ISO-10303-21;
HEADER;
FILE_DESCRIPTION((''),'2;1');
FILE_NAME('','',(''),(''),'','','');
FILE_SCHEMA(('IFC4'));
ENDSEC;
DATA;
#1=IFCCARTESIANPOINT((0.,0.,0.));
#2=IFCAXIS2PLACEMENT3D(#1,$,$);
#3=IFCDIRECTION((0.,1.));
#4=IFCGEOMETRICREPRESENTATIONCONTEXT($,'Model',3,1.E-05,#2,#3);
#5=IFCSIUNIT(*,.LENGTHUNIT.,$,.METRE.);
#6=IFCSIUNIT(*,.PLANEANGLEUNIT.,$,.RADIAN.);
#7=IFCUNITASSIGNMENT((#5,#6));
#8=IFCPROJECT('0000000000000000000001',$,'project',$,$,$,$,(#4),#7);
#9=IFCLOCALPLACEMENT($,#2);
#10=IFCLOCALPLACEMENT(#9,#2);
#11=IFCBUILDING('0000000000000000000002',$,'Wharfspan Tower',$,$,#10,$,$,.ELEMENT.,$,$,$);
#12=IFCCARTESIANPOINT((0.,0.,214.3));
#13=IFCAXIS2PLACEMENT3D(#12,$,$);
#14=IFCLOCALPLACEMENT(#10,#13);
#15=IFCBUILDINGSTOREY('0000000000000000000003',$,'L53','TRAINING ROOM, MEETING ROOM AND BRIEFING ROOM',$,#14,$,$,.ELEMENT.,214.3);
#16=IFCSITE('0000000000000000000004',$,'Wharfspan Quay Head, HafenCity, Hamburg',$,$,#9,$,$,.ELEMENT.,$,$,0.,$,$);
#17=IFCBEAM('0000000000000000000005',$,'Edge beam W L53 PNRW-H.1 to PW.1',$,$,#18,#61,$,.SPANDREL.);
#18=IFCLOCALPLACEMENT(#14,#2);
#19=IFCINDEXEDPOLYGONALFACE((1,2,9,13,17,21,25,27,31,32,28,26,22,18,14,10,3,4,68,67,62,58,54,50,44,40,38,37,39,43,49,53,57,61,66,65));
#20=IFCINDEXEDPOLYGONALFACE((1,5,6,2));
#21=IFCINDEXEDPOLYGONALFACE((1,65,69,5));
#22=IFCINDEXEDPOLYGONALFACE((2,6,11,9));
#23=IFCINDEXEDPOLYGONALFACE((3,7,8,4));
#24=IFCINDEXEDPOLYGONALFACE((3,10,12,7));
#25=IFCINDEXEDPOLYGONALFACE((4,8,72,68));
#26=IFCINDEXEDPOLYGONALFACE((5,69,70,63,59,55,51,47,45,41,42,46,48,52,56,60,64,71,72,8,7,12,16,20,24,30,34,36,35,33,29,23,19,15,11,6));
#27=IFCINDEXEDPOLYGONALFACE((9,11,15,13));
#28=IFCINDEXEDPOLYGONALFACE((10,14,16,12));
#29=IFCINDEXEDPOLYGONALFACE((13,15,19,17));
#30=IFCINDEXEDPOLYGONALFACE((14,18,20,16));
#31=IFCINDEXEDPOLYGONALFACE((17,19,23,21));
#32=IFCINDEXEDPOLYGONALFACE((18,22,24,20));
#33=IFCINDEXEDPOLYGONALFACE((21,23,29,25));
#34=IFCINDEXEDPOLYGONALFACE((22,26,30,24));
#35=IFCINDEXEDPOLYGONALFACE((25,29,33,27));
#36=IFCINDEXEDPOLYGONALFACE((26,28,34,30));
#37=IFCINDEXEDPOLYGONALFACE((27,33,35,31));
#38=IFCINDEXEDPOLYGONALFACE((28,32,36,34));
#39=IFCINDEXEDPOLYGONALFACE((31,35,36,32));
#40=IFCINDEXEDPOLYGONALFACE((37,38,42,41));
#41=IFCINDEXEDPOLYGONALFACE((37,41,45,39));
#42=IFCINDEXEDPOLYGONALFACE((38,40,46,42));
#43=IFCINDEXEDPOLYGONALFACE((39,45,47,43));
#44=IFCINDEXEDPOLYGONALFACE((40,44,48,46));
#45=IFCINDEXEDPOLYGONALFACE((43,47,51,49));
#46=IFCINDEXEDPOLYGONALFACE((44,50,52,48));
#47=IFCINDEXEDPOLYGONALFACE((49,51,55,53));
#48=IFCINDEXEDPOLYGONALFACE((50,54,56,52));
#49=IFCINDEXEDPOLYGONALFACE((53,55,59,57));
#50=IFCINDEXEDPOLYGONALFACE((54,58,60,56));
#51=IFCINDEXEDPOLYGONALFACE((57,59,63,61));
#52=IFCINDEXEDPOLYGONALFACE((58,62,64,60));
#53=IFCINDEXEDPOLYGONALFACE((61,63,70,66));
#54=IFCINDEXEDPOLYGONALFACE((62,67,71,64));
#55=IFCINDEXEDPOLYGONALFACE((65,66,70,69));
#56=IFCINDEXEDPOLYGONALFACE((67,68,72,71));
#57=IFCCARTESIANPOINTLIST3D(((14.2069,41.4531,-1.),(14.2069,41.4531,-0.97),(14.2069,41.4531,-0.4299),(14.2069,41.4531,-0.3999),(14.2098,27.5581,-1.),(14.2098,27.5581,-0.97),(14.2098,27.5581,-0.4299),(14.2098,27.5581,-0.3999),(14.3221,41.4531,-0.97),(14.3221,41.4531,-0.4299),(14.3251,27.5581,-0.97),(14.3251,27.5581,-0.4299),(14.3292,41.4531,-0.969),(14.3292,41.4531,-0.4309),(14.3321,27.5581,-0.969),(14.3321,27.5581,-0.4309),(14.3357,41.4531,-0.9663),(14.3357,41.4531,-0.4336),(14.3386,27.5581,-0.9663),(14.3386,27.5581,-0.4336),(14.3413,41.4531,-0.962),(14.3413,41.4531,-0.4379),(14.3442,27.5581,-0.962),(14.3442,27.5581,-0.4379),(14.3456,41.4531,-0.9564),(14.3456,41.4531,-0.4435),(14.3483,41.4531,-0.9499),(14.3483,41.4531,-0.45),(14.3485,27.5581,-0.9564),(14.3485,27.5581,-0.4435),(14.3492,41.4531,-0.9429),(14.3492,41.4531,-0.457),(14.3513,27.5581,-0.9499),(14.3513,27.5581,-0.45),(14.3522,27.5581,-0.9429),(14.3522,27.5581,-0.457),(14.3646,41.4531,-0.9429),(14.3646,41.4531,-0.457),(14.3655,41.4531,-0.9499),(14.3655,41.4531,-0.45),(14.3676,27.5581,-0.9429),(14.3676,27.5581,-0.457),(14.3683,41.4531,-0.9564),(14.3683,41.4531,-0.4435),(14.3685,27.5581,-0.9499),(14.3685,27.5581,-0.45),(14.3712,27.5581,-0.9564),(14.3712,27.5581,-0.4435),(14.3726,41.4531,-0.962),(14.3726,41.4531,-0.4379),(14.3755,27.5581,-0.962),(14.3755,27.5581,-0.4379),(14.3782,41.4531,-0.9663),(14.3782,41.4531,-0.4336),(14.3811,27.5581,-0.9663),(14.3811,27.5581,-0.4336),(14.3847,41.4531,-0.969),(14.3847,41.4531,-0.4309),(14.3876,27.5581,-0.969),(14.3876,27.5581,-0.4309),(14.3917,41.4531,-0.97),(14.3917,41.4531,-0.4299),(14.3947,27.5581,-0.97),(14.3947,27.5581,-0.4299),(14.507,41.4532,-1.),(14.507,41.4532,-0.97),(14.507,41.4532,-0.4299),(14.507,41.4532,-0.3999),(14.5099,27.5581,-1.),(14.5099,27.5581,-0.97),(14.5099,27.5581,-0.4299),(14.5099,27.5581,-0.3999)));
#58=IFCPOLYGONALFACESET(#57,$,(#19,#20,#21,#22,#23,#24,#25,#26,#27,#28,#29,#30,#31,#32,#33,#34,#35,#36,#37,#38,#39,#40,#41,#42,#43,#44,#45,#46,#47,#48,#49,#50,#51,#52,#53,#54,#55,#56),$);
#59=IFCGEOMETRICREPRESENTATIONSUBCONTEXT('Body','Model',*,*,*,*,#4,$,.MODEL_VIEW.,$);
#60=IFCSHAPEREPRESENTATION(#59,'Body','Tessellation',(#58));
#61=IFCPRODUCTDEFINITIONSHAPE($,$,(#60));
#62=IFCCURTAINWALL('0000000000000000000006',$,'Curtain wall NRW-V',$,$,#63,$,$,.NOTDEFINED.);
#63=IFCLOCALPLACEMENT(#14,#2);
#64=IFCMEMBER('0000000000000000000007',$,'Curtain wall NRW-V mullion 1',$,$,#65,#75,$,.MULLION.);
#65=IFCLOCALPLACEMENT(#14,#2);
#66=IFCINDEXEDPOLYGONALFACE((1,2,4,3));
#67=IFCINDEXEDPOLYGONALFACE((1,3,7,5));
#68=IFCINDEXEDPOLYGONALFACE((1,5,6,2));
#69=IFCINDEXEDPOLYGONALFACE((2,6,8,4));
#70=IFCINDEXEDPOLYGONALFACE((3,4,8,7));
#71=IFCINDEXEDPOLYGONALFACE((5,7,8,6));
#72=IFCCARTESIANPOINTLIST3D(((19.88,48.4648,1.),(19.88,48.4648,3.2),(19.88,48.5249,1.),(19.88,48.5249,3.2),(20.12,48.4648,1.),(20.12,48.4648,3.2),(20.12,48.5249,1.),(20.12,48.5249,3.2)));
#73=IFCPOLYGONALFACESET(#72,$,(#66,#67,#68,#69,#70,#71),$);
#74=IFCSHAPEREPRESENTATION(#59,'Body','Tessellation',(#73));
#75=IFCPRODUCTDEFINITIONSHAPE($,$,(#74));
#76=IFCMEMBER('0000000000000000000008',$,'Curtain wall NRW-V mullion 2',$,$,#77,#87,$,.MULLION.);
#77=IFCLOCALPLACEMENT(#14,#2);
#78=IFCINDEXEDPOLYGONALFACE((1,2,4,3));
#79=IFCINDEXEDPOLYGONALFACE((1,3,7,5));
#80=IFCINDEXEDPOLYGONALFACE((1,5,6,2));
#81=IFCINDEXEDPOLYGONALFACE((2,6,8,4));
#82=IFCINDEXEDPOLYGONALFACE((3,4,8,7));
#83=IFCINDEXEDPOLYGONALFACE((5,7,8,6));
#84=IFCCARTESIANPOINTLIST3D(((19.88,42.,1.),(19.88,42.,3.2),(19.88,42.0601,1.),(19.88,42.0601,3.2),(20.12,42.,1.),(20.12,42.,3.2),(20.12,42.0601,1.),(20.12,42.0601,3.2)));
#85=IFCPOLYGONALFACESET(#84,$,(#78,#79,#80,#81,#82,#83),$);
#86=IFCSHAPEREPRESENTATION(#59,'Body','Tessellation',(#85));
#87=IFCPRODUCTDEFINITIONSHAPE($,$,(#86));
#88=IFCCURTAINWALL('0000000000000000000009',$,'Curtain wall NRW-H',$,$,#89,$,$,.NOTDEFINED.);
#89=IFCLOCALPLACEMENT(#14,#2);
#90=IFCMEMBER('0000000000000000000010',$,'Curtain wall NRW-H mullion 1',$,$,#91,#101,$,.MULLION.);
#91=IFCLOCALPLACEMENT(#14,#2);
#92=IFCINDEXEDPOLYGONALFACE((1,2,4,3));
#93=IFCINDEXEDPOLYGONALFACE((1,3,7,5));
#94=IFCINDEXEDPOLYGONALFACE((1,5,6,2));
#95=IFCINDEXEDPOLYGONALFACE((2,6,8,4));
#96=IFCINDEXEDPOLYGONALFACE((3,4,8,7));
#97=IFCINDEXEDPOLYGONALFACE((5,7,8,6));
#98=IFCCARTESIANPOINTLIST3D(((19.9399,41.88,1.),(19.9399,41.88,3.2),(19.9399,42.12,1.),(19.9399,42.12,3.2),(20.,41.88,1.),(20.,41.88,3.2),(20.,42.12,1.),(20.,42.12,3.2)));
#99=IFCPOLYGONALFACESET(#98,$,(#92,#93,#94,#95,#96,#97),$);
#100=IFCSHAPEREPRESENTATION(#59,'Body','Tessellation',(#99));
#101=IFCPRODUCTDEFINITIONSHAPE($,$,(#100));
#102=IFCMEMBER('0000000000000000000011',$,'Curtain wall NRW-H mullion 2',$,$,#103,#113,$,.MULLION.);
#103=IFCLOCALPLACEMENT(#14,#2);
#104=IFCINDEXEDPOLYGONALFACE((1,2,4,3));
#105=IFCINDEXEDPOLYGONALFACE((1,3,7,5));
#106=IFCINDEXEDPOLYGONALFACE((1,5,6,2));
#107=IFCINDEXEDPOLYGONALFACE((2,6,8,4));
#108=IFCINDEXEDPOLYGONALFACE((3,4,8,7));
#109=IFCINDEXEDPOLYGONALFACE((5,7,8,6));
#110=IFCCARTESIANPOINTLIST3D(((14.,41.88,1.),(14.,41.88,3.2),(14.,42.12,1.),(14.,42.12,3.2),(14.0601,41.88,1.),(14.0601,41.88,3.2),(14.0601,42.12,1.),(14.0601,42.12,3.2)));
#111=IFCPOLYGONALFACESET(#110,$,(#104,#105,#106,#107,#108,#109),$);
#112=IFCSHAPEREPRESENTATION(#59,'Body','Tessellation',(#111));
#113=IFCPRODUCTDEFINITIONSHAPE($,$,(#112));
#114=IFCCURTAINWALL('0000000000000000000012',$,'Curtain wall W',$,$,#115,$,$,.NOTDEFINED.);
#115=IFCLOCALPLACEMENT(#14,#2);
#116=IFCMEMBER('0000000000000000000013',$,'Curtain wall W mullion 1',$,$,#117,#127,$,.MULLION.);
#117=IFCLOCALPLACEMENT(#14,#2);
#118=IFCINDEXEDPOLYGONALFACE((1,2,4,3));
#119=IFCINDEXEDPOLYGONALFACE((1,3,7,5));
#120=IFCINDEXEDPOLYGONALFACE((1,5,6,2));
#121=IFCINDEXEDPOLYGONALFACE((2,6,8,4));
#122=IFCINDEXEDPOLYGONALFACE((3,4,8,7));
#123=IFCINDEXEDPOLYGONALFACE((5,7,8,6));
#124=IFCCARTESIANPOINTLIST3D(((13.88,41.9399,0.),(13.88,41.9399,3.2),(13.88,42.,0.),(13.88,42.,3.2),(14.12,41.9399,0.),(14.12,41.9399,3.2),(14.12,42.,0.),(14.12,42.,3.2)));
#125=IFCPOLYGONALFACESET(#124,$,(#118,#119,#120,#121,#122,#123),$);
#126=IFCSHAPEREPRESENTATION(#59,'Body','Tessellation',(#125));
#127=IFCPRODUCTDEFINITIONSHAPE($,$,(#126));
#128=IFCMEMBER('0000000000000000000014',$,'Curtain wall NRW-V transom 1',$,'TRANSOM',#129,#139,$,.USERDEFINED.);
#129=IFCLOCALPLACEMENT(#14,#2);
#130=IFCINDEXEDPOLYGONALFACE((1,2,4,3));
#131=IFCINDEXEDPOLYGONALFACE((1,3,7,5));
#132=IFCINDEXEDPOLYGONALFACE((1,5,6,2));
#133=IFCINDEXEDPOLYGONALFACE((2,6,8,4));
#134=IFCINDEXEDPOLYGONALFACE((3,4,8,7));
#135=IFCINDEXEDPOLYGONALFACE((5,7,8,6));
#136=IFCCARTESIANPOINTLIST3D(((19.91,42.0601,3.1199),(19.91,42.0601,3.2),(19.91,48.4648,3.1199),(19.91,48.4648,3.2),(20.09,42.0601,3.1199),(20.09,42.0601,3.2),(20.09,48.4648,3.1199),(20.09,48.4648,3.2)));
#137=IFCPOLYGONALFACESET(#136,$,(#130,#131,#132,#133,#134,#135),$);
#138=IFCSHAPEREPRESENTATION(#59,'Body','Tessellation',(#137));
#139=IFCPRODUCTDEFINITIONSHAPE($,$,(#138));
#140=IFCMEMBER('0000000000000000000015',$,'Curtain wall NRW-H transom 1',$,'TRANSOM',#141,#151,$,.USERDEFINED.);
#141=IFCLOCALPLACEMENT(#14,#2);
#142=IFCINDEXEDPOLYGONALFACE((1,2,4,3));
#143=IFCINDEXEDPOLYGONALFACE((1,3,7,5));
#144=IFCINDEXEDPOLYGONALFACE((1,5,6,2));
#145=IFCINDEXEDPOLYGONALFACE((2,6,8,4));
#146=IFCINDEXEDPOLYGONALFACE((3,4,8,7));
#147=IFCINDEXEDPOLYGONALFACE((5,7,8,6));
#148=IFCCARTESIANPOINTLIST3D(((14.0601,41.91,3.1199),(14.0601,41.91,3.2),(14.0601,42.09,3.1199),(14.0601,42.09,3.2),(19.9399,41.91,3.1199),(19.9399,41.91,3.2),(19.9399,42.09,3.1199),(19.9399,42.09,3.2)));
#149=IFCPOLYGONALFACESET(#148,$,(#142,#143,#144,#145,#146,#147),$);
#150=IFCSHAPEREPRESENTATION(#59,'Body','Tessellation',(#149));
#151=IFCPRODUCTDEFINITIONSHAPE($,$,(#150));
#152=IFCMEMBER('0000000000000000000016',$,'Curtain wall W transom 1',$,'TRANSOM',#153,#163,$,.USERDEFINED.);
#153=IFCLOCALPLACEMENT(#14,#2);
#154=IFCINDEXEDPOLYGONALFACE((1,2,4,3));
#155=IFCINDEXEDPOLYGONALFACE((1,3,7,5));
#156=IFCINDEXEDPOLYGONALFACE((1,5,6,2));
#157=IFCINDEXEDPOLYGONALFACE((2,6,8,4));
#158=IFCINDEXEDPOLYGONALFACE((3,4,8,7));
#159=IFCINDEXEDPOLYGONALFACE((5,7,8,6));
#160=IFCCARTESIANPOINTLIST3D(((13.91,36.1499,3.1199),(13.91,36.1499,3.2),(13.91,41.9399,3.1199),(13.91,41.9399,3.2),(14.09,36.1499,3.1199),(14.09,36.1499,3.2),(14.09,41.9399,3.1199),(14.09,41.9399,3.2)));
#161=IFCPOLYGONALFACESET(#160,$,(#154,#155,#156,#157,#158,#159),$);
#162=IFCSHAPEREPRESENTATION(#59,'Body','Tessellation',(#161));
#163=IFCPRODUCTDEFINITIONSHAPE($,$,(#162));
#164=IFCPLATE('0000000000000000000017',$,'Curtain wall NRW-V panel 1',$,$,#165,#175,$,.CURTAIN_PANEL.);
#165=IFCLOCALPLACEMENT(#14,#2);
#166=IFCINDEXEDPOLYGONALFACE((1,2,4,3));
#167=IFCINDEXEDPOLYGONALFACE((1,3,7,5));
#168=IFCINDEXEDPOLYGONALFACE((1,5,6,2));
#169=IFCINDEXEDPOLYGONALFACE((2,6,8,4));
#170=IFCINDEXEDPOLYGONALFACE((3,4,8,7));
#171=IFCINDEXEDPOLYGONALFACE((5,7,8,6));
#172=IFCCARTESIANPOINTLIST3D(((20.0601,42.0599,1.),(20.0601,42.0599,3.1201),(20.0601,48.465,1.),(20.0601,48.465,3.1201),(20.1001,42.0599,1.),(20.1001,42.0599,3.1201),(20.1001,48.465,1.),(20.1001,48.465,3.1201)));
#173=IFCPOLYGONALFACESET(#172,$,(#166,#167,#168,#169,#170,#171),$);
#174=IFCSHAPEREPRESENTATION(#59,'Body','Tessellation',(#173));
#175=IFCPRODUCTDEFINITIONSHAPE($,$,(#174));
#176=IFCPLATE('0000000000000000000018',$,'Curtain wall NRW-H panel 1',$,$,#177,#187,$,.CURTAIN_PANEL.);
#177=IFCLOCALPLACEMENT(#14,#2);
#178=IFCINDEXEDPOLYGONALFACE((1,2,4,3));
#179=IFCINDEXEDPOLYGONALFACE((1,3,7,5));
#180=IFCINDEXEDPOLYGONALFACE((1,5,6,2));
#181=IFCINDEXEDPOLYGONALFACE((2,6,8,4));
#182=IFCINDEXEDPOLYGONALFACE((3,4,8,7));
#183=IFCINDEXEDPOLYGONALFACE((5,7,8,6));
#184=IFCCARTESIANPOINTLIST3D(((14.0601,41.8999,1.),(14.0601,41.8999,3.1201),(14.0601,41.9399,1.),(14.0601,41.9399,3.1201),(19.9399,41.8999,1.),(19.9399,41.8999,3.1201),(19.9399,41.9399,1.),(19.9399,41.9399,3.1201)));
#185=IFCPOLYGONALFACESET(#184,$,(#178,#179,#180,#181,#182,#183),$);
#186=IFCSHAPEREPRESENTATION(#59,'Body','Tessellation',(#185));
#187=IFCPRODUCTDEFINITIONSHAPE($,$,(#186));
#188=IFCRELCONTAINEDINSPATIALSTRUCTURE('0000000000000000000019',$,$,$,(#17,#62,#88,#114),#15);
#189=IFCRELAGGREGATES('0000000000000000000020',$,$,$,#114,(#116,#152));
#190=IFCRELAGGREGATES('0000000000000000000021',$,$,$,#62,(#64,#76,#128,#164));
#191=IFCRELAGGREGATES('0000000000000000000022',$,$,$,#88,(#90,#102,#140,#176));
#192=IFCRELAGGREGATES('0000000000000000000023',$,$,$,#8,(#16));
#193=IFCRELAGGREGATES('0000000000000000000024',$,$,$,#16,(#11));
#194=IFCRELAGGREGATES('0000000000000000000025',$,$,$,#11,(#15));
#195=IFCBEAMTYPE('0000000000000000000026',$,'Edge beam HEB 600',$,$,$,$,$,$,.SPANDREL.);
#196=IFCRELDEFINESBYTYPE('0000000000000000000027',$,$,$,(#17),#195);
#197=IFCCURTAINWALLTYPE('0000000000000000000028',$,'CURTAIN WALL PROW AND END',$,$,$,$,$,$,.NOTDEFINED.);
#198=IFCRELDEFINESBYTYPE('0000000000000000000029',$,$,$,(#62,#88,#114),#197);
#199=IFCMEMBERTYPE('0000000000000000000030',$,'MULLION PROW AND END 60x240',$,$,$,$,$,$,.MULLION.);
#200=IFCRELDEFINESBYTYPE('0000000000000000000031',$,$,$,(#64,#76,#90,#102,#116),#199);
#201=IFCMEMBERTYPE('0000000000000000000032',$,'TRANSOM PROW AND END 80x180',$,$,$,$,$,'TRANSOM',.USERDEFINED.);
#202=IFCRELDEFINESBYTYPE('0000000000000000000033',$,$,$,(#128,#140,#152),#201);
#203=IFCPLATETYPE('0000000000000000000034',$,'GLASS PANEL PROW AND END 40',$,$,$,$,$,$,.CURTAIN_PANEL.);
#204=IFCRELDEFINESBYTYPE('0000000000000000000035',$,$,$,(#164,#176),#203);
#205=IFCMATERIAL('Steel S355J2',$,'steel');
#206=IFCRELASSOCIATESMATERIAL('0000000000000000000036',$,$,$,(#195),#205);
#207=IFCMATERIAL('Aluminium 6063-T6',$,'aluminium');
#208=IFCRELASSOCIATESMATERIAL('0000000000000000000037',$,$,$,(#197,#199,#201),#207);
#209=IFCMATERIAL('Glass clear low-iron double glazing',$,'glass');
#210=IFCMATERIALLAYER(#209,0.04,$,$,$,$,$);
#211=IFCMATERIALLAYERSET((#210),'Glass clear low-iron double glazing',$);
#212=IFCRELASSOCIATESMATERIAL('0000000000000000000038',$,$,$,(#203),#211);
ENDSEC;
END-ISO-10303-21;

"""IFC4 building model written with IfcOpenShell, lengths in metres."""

from ifc_helpers import new_model, si_unit, direction, frame, origin, origin_2d, place, context, subcontext, project, spatial, rectangle, i_section, extrude, material, layer, layer_set, material_profile, profile_set, type_object, element, aggregate, save


model = new_model("IFC4")

# Units and contexts
model_context = context("Model", 3, precision=1e-05, world=origin(), true_north=direction((0.0, 1.0)))
body_context = subcontext(model_context, "Body", "Model", "MODEL_VIEW")
ifc_project = project(units=[si_unit("LENGTHUNIT", "METRE"), si_unit("PLANEANGLEUNIT", "RADIAN")], contexts=[model_context])

# Site, building, storey
site_placement = place(None, origin())
site = spatial("IfcSite", under=ifc_project, at=site_placement, Name="Wharfspan Quay Head, HafenCity, Hamburg", CompositionType="ELEMENT", RefElevation=0.0)
building_placement = place(site_placement, origin())
building = spatial("IfcBuilding", under=site, at=building_placement, Name="Wharfspan Tower", CompositionType="ELEMENT")
storey_placement = place(building_placement, frame((0.0, 0.0, 214.3)))
storey = spatial("IfcBuildingStorey", under=building, at=storey_placement, Name="L53", Description="TRAINING ROOM, MEETING ROOM AND BRIEFING ROOM", CompositionType="ELEMENT", Elevation=214.3)

# Shared definitions
ifc_material_1 = material(Name="Steel S355J2", Category="steel")

# Beam
ifc_material_profile_1 = material_profile(ifc_material_1, i_section(OverallWidth=0.3, OverallDepth=0.6001, WebThickness=0.0154, FlangeThickness=0.03, FilletRadius=0.0271, at=origin_2d()))
ifc_profile_set_1 = profile_set([ifc_material_profile_1], Name="Steel S355J2")
beam_type = type_object("IfcBeamType", Name="Edge beam HEB 600", PredefinedType="SPANDREL", material=ifc_profile_set_1)
beam_placement = place(storey_placement, frame((14.3569, 41.4531, -0.7), z_axis=(0.000211, -1.0, 0.0), x_axis=(1.0, 0.000211, 0.0)))
element("IfcBeam", 1, at=beam_placement, inside=storey, type_object=beam_type, Name="Edge beam W L53 PNRW-H.1 to PW.1", PredefinedType="SPANDREL", context=body_context, shape_type="SweptSolid", body=[
    extrude(i_section(OverallWidth=0.3, OverallDepth=0.6001, WebThickness=0.0154, FlangeThickness=0.03, FilletRadius=0.0271, at=origin_2d()), origin(), (0.0, 0.0, 1.0), 13.895),
])

# Curtain walls, members
ifc_material_2 = material(Name="Aluminium 6063-T6", Category="aluminium")
curtain_wall_type = type_object("IfcCurtainWallType", Name="CURTAIN WALL PROW AND END", PredefinedType="NOTDEFINED", material=ifc_material_2)
curtain_wall_1_placement = place(storey_placement, origin())
curtain_wall_1 = element("IfcCurtainWall", 2, at=curtain_wall_1_placement, inside=storey, type_object=curtain_wall_type, Name="Curtain wall NRW-V", PredefinedType="NOTDEFINED")
ifc_material_profile_2 = material_profile(ifc_material_2, rectangle(XDim=0.24, YDim=0.0601, at=origin_2d()))
ifc_profile_set_2 = profile_set([ifc_material_profile_2], Name="Aluminium 6063-T6")
member_type_1 = type_object("IfcMemberType", Name="MULLION PROW AND END 60x240", PredefinedType="MULLION", material=ifc_profile_set_2)
member_1_placement = place(storey_placement, frame((20.0, 48.4949, 1.0), z_axis=(0.0, 0.0, 1.0), x_axis=(1.0, 0.0, 0.0)))
member_1 = element("IfcMember", 3, at=member_1_placement, type_object=member_type_1, Name="Curtain wall NRW-V mullion 1", PredefinedType="MULLION", context=body_context, shape_type="SweptSolid", body=[
    extrude(rectangle(XDim=0.24, YDim=0.0601, at=origin_2d()), origin(), (0.0, 0.0, 1.0), 2.2),
])
member_2_placement = place(storey_placement, frame((20.0, 42.03, 1.0), z_axis=(0.0, 0.0, 1.0), x_axis=(1.0, 0.0, 0.0)))
member_2 = element("IfcMember", 4, at=member_2_placement, type_object=member_type_1, Name="Curtain wall NRW-V mullion 2", PredefinedType="MULLION", context=body_context, shape_type="SweptSolid", body=[
    extrude(rectangle(XDim=0.24, YDim=0.0601, at=origin_2d()), origin(), (0.0, 0.0, 1.0), 2.2),
])
curtain_wall_2_placement = place(storey_placement, origin())
curtain_wall_2 = element("IfcCurtainWall", 5, at=curtain_wall_2_placement, inside=storey, type_object=curtain_wall_type, Name="Curtain wall NRW-H", PredefinedType="NOTDEFINED")
member_3_placement = place(storey_placement, frame((19.97, 42.0, 1.0), z_axis=(0.0, 0.0, 1.0), x_axis=(0.0, -1.0, 0.0)))
member_3 = element("IfcMember", 6, at=member_3_placement, type_object=member_type_1, Name="Curtain wall NRW-H mullion 1", PredefinedType="MULLION", context=body_context, shape_type="SweptSolid", body=[
    extrude(rectangle(XDim=0.24, YDim=0.0601, at=origin_2d()), origin(), (0.0, 0.0, 1.0), 2.2),
])
member_4_placement = place(storey_placement, frame((14.03, 42.0, 1.0), z_axis=(0.0, 0.0, 1.0), x_axis=(0.0, -1.0, 0.0)))
member_4 = element("IfcMember", 7, at=member_4_placement, type_object=member_type_1, Name="Curtain wall NRW-H mullion 2", PredefinedType="MULLION", context=body_context, shape_type="SweptSolid", body=[
    extrude(rectangle(XDim=0.24, YDim=0.0601, at=origin_2d()), origin(), (0.0, 0.0, 1.0), 2.2),
])

# Curtain wall, member
curtain_wall_3_placement = place(storey_placement, origin())
curtain_wall_3 = element("IfcCurtainWall", 8, at=curtain_wall_3_placement, inside=storey, type_object=curtain_wall_type, Name="Curtain wall W", PredefinedType="NOTDEFINED")
member_5_placement = place(storey_placement, frame((14.0, 41.97, 0.0), z_axis=(0.0, 0.0, 1.0), x_axis=(1.0, 0.0, 0.0)))
member_5 = element("IfcMember", 9, at=member_5_placement, type_object=member_type_1, Name="Curtain wall W mullion 1", PredefinedType="MULLION", context=body_context, shape_type="SweptSolid", body=[
    extrude(rectangle(XDim=0.24, YDim=0.0601, at=origin_2d()), origin(), (0.0, 0.0, 1.0), 3.2),
])

# Members
ifc_material_profile_3 = material_profile(ifc_material_2, rectangle(XDim=0.1799, YDim=0.0801, at=origin_2d()))
ifc_profile_set_3 = profile_set([ifc_material_profile_3], Name="Aluminium 6063-T6")
member_type_2 = type_object("IfcMemberType", Name="TRANSOM PROW AND END 80x180", ElementType="TRANSOM", PredefinedType="USERDEFINED", material=ifc_profile_set_3)
member_6_placement = place(storey_placement, frame((20.0, 48.4648, 3.1599), z_axis=(0.0, -1.0, 0.0), x_axis=(1.0, 0.0, 0.0)))
member_6 = element("IfcMember", 10, at=member_6_placement, type_object=member_type_2, Name="Curtain wall NRW-V transom 1", ObjectType="TRANSOM", PredefinedType="USERDEFINED", context=body_context, shape_type="SweptSolid", body=[
    extrude(rectangle(XDim=0.1799, YDim=0.0801, at=origin_2d()), origin(), (0.0, 0.0, 1.0), 6.4048),
])
member_7_placement = place(storey_placement, frame((19.9399, 42.0, 3.1599), z_axis=(-1.0, 0.0, 0.0), x_axis=(0.0, -1.0, 0.0)))
member_7 = element("IfcMember", 11, at=member_7_placement, type_object=member_type_2, Name="Curtain wall NRW-H transom 1", ObjectType="TRANSOM", PredefinedType="USERDEFINED", context=body_context, shape_type="SweptSolid", body=[
    extrude(rectangle(XDim=0.1799, YDim=0.0801, at=origin_2d()), origin(), (0.0, 0.0, 1.0), 5.8799),
])
member_8_placement = place(storey_placement, frame((14.0, 41.9399, 3.1599), z_axis=(0.0, -1.0, 0.0), x_axis=(1.0, 0.0, 0.0)))
member_8 = element("IfcMember", 12, at=member_8_placement, type_object=member_type_2, Name="Curtain wall W transom 1", ObjectType="TRANSOM", PredefinedType="USERDEFINED", context=body_context, shape_type="SweptSolid", body=[
    extrude(rectangle(XDim=0.1799, YDim=0.0801, at=origin_2d()), origin(), (0.0, 0.0, 1.0), 5.79),
])
aggregate(curtain_wall_3, [member_5, member_8])

# Plates
ifc_material_3 = material(Name="Glass clear low-iron double glazing", Category="glass")
ifc_layer_1 = layer(ifc_material_3, 0.04)
ifc_layer_set_1 = layer_set([ifc_layer_1], Name="Glass clear low-iron double glazing")
plate_type = type_object("IfcPlateType", Name="GLASS PANEL PROW AND END 40", PredefinedType="CURTAIN_PANEL", material=ifc_layer_set_1)
plate_1_placement = place(storey_placement, frame((20.0801, 45.2625, 1.0), z_axis=(0.0, 0.0, 1.0), x_axis=(0.0, -1.0, 0.0)))
plate_1 = element("IfcPlate", 13, at=plate_1_placement, type_object=plate_type, Name="Curtain wall NRW-V panel 1", PredefinedType="CURTAIN_PANEL", context=body_context, shape_type="SweptSolid", body=[
    extrude(rectangle(XDim=6.405, YDim=0.04, at=origin_2d()), origin(), (0.0, 0.0, 1.0), 2.1201),
])
aggregate(curtain_wall_1, [member_1, member_2, member_6, plate_1])
plate_2_placement = place(storey_placement, frame((17.0, 41.9199, 1.0), z_axis=(0.0, 0.0, 1.0), x_axis=(-1.0, 0.0, 0.0)))
plate_2 = element("IfcPlate", 14, at=plate_2_placement, type_object=plate_type, Name="Curtain wall NRW-H panel 1", PredefinedType="CURTAIN_PANEL", context=body_context, shape_type="SweptSolid", body=[
    extrude(rectangle(XDim=5.8799, YDim=0.04, at=origin_2d()), origin(), (0.0, 0.0, 1.0), 2.1201),
])
aggregate(curtain_wall_2, [member_3, member_4, member_7, plate_2])

save(model, "model.ifc")
